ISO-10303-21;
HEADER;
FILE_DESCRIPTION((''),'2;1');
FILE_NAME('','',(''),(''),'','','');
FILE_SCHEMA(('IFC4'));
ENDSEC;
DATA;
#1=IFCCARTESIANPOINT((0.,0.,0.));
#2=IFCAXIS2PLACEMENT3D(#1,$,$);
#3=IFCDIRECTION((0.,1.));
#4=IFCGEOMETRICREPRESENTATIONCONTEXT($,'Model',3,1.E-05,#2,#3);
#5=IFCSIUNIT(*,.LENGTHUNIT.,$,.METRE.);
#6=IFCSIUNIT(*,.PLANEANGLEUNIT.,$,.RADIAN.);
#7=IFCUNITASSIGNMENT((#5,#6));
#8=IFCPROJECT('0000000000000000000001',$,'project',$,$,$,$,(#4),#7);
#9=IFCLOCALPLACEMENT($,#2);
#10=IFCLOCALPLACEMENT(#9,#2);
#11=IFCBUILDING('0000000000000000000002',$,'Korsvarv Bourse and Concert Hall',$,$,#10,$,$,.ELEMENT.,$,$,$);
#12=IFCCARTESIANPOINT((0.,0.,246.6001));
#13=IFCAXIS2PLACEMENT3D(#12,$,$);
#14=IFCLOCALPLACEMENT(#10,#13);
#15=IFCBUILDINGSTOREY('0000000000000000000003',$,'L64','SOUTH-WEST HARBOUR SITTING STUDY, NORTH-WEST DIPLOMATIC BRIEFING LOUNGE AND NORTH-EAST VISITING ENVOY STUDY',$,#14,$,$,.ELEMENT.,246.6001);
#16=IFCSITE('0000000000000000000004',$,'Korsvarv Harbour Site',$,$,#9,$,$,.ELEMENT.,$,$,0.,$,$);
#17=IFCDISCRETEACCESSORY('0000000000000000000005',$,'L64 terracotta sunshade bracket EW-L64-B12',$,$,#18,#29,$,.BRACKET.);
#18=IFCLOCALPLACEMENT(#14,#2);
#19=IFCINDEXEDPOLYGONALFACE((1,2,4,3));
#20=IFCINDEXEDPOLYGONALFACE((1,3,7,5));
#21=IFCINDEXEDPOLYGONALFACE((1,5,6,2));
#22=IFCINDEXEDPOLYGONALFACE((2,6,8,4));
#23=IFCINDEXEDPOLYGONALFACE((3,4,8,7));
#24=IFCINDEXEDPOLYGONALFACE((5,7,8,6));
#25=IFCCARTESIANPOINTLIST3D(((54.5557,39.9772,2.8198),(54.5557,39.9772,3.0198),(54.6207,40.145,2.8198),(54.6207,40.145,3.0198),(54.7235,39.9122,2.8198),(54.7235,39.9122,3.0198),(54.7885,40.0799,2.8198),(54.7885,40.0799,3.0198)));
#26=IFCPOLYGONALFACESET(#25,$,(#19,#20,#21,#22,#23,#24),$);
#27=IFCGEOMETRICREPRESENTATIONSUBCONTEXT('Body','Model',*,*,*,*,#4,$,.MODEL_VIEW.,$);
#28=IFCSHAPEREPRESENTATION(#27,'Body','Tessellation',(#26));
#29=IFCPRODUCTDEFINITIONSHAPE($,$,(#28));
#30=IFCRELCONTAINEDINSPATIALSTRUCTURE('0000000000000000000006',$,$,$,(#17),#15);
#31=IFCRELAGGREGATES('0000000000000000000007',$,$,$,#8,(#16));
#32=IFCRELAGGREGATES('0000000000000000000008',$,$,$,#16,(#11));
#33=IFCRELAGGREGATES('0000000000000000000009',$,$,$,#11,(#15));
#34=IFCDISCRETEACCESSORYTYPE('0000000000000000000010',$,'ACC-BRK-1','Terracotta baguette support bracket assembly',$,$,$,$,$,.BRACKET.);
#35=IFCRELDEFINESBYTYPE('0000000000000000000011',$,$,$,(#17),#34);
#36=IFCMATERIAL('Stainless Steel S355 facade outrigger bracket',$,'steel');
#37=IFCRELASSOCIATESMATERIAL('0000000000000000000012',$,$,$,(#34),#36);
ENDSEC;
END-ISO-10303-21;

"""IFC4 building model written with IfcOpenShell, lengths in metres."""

from ifc_helpers import new_model, si_unit, direction, frame, origin, origin_2d, place, context, subcontext, project, spatial, rectangle, extrude, source, transform, mapped, material, type_object, element, save


model = new_model("IFC4")

# Units and contexts
model_context = context("Model", 3, precision=1e-05, world=origin(), true_north=direction((0.0, 1.0)))
body_context = subcontext(model_context, "Body", "Model", "MODEL_VIEW")
ifc_project = project(units=[si_unit("LENGTHUNIT", "METRE"), si_unit("PLANEANGLEUNIT", "RADIAN")], contexts=[model_context])

# Site, building, storey
site_placement = place(None, origin())
site = spatial("IfcSite", under=ifc_project, at=site_placement, Name="Korsvarv Harbour Site", CompositionType="ELEMENT", RefElevation=0.0)
building_placement = place(site_placement, origin())
building = spatial("IfcBuilding", under=site, at=building_placement, Name="Korsvarv Bourse and Concert Hall", CompositionType="ELEMENT")
storey_placement = place(building_placement, frame((0.0, 0.0, 246.6001)))
storey = spatial("IfcBuildingStorey", under=building, at=storey_placement, Name="L64", Description="SOUTH-WEST HARBOUR SITTING STUDY, NORTH-WEST DIPLOMATIC BRIEFING LOUNGE AND NORTH-EAST VISITING ENVOY STUDY", CompositionType="ELEMENT", Elevation=246.6001)

# Discrete accessory
ifc_material_1 = material(Name="Stainless Steel S355 facade outrigger bracket", Category="steel")
discrete_accessory_type = type_object("IfcDiscreteAccessoryType", Name="ACC-BRK-1", Description="Terracotta baguette support bracket assembly", PredefinedType="BRACKET", material=ifc_material_1)
shared_shape_1 = source(origin(), body_context, "Body", "SweptSolid", [
    extrude(rectangle(XDim=0.1799, YDim=0.1799, at=origin_2d()), origin(), (0.0, 0.0, 1.0), 0.2),
])
for number, where, z_axis, x_axis, name in (
    (1, (54.6721, 40.0286, 2.8198), (0.0, 0.0, 1.0), (0.361299, 0.93245, 0.0), "L64 terracotta sunshade bracket EW-L64-B12"),
):
    element("IfcDiscreteAccessory", number, at=place(storey_placement, frame(where, z_axis=z_axis, x_axis=x_axis)), inside=storey, type_object=discrete_accessory_type, Name=name, PredefinedType="BRACKET", context=body_context, shape_type="MappedRepresentation", body=[
        mapped(shared_shape_1, transform((0.0, 0.0, 0.0), scale=1.0)),
    ])

save(model, "model.ifc")
